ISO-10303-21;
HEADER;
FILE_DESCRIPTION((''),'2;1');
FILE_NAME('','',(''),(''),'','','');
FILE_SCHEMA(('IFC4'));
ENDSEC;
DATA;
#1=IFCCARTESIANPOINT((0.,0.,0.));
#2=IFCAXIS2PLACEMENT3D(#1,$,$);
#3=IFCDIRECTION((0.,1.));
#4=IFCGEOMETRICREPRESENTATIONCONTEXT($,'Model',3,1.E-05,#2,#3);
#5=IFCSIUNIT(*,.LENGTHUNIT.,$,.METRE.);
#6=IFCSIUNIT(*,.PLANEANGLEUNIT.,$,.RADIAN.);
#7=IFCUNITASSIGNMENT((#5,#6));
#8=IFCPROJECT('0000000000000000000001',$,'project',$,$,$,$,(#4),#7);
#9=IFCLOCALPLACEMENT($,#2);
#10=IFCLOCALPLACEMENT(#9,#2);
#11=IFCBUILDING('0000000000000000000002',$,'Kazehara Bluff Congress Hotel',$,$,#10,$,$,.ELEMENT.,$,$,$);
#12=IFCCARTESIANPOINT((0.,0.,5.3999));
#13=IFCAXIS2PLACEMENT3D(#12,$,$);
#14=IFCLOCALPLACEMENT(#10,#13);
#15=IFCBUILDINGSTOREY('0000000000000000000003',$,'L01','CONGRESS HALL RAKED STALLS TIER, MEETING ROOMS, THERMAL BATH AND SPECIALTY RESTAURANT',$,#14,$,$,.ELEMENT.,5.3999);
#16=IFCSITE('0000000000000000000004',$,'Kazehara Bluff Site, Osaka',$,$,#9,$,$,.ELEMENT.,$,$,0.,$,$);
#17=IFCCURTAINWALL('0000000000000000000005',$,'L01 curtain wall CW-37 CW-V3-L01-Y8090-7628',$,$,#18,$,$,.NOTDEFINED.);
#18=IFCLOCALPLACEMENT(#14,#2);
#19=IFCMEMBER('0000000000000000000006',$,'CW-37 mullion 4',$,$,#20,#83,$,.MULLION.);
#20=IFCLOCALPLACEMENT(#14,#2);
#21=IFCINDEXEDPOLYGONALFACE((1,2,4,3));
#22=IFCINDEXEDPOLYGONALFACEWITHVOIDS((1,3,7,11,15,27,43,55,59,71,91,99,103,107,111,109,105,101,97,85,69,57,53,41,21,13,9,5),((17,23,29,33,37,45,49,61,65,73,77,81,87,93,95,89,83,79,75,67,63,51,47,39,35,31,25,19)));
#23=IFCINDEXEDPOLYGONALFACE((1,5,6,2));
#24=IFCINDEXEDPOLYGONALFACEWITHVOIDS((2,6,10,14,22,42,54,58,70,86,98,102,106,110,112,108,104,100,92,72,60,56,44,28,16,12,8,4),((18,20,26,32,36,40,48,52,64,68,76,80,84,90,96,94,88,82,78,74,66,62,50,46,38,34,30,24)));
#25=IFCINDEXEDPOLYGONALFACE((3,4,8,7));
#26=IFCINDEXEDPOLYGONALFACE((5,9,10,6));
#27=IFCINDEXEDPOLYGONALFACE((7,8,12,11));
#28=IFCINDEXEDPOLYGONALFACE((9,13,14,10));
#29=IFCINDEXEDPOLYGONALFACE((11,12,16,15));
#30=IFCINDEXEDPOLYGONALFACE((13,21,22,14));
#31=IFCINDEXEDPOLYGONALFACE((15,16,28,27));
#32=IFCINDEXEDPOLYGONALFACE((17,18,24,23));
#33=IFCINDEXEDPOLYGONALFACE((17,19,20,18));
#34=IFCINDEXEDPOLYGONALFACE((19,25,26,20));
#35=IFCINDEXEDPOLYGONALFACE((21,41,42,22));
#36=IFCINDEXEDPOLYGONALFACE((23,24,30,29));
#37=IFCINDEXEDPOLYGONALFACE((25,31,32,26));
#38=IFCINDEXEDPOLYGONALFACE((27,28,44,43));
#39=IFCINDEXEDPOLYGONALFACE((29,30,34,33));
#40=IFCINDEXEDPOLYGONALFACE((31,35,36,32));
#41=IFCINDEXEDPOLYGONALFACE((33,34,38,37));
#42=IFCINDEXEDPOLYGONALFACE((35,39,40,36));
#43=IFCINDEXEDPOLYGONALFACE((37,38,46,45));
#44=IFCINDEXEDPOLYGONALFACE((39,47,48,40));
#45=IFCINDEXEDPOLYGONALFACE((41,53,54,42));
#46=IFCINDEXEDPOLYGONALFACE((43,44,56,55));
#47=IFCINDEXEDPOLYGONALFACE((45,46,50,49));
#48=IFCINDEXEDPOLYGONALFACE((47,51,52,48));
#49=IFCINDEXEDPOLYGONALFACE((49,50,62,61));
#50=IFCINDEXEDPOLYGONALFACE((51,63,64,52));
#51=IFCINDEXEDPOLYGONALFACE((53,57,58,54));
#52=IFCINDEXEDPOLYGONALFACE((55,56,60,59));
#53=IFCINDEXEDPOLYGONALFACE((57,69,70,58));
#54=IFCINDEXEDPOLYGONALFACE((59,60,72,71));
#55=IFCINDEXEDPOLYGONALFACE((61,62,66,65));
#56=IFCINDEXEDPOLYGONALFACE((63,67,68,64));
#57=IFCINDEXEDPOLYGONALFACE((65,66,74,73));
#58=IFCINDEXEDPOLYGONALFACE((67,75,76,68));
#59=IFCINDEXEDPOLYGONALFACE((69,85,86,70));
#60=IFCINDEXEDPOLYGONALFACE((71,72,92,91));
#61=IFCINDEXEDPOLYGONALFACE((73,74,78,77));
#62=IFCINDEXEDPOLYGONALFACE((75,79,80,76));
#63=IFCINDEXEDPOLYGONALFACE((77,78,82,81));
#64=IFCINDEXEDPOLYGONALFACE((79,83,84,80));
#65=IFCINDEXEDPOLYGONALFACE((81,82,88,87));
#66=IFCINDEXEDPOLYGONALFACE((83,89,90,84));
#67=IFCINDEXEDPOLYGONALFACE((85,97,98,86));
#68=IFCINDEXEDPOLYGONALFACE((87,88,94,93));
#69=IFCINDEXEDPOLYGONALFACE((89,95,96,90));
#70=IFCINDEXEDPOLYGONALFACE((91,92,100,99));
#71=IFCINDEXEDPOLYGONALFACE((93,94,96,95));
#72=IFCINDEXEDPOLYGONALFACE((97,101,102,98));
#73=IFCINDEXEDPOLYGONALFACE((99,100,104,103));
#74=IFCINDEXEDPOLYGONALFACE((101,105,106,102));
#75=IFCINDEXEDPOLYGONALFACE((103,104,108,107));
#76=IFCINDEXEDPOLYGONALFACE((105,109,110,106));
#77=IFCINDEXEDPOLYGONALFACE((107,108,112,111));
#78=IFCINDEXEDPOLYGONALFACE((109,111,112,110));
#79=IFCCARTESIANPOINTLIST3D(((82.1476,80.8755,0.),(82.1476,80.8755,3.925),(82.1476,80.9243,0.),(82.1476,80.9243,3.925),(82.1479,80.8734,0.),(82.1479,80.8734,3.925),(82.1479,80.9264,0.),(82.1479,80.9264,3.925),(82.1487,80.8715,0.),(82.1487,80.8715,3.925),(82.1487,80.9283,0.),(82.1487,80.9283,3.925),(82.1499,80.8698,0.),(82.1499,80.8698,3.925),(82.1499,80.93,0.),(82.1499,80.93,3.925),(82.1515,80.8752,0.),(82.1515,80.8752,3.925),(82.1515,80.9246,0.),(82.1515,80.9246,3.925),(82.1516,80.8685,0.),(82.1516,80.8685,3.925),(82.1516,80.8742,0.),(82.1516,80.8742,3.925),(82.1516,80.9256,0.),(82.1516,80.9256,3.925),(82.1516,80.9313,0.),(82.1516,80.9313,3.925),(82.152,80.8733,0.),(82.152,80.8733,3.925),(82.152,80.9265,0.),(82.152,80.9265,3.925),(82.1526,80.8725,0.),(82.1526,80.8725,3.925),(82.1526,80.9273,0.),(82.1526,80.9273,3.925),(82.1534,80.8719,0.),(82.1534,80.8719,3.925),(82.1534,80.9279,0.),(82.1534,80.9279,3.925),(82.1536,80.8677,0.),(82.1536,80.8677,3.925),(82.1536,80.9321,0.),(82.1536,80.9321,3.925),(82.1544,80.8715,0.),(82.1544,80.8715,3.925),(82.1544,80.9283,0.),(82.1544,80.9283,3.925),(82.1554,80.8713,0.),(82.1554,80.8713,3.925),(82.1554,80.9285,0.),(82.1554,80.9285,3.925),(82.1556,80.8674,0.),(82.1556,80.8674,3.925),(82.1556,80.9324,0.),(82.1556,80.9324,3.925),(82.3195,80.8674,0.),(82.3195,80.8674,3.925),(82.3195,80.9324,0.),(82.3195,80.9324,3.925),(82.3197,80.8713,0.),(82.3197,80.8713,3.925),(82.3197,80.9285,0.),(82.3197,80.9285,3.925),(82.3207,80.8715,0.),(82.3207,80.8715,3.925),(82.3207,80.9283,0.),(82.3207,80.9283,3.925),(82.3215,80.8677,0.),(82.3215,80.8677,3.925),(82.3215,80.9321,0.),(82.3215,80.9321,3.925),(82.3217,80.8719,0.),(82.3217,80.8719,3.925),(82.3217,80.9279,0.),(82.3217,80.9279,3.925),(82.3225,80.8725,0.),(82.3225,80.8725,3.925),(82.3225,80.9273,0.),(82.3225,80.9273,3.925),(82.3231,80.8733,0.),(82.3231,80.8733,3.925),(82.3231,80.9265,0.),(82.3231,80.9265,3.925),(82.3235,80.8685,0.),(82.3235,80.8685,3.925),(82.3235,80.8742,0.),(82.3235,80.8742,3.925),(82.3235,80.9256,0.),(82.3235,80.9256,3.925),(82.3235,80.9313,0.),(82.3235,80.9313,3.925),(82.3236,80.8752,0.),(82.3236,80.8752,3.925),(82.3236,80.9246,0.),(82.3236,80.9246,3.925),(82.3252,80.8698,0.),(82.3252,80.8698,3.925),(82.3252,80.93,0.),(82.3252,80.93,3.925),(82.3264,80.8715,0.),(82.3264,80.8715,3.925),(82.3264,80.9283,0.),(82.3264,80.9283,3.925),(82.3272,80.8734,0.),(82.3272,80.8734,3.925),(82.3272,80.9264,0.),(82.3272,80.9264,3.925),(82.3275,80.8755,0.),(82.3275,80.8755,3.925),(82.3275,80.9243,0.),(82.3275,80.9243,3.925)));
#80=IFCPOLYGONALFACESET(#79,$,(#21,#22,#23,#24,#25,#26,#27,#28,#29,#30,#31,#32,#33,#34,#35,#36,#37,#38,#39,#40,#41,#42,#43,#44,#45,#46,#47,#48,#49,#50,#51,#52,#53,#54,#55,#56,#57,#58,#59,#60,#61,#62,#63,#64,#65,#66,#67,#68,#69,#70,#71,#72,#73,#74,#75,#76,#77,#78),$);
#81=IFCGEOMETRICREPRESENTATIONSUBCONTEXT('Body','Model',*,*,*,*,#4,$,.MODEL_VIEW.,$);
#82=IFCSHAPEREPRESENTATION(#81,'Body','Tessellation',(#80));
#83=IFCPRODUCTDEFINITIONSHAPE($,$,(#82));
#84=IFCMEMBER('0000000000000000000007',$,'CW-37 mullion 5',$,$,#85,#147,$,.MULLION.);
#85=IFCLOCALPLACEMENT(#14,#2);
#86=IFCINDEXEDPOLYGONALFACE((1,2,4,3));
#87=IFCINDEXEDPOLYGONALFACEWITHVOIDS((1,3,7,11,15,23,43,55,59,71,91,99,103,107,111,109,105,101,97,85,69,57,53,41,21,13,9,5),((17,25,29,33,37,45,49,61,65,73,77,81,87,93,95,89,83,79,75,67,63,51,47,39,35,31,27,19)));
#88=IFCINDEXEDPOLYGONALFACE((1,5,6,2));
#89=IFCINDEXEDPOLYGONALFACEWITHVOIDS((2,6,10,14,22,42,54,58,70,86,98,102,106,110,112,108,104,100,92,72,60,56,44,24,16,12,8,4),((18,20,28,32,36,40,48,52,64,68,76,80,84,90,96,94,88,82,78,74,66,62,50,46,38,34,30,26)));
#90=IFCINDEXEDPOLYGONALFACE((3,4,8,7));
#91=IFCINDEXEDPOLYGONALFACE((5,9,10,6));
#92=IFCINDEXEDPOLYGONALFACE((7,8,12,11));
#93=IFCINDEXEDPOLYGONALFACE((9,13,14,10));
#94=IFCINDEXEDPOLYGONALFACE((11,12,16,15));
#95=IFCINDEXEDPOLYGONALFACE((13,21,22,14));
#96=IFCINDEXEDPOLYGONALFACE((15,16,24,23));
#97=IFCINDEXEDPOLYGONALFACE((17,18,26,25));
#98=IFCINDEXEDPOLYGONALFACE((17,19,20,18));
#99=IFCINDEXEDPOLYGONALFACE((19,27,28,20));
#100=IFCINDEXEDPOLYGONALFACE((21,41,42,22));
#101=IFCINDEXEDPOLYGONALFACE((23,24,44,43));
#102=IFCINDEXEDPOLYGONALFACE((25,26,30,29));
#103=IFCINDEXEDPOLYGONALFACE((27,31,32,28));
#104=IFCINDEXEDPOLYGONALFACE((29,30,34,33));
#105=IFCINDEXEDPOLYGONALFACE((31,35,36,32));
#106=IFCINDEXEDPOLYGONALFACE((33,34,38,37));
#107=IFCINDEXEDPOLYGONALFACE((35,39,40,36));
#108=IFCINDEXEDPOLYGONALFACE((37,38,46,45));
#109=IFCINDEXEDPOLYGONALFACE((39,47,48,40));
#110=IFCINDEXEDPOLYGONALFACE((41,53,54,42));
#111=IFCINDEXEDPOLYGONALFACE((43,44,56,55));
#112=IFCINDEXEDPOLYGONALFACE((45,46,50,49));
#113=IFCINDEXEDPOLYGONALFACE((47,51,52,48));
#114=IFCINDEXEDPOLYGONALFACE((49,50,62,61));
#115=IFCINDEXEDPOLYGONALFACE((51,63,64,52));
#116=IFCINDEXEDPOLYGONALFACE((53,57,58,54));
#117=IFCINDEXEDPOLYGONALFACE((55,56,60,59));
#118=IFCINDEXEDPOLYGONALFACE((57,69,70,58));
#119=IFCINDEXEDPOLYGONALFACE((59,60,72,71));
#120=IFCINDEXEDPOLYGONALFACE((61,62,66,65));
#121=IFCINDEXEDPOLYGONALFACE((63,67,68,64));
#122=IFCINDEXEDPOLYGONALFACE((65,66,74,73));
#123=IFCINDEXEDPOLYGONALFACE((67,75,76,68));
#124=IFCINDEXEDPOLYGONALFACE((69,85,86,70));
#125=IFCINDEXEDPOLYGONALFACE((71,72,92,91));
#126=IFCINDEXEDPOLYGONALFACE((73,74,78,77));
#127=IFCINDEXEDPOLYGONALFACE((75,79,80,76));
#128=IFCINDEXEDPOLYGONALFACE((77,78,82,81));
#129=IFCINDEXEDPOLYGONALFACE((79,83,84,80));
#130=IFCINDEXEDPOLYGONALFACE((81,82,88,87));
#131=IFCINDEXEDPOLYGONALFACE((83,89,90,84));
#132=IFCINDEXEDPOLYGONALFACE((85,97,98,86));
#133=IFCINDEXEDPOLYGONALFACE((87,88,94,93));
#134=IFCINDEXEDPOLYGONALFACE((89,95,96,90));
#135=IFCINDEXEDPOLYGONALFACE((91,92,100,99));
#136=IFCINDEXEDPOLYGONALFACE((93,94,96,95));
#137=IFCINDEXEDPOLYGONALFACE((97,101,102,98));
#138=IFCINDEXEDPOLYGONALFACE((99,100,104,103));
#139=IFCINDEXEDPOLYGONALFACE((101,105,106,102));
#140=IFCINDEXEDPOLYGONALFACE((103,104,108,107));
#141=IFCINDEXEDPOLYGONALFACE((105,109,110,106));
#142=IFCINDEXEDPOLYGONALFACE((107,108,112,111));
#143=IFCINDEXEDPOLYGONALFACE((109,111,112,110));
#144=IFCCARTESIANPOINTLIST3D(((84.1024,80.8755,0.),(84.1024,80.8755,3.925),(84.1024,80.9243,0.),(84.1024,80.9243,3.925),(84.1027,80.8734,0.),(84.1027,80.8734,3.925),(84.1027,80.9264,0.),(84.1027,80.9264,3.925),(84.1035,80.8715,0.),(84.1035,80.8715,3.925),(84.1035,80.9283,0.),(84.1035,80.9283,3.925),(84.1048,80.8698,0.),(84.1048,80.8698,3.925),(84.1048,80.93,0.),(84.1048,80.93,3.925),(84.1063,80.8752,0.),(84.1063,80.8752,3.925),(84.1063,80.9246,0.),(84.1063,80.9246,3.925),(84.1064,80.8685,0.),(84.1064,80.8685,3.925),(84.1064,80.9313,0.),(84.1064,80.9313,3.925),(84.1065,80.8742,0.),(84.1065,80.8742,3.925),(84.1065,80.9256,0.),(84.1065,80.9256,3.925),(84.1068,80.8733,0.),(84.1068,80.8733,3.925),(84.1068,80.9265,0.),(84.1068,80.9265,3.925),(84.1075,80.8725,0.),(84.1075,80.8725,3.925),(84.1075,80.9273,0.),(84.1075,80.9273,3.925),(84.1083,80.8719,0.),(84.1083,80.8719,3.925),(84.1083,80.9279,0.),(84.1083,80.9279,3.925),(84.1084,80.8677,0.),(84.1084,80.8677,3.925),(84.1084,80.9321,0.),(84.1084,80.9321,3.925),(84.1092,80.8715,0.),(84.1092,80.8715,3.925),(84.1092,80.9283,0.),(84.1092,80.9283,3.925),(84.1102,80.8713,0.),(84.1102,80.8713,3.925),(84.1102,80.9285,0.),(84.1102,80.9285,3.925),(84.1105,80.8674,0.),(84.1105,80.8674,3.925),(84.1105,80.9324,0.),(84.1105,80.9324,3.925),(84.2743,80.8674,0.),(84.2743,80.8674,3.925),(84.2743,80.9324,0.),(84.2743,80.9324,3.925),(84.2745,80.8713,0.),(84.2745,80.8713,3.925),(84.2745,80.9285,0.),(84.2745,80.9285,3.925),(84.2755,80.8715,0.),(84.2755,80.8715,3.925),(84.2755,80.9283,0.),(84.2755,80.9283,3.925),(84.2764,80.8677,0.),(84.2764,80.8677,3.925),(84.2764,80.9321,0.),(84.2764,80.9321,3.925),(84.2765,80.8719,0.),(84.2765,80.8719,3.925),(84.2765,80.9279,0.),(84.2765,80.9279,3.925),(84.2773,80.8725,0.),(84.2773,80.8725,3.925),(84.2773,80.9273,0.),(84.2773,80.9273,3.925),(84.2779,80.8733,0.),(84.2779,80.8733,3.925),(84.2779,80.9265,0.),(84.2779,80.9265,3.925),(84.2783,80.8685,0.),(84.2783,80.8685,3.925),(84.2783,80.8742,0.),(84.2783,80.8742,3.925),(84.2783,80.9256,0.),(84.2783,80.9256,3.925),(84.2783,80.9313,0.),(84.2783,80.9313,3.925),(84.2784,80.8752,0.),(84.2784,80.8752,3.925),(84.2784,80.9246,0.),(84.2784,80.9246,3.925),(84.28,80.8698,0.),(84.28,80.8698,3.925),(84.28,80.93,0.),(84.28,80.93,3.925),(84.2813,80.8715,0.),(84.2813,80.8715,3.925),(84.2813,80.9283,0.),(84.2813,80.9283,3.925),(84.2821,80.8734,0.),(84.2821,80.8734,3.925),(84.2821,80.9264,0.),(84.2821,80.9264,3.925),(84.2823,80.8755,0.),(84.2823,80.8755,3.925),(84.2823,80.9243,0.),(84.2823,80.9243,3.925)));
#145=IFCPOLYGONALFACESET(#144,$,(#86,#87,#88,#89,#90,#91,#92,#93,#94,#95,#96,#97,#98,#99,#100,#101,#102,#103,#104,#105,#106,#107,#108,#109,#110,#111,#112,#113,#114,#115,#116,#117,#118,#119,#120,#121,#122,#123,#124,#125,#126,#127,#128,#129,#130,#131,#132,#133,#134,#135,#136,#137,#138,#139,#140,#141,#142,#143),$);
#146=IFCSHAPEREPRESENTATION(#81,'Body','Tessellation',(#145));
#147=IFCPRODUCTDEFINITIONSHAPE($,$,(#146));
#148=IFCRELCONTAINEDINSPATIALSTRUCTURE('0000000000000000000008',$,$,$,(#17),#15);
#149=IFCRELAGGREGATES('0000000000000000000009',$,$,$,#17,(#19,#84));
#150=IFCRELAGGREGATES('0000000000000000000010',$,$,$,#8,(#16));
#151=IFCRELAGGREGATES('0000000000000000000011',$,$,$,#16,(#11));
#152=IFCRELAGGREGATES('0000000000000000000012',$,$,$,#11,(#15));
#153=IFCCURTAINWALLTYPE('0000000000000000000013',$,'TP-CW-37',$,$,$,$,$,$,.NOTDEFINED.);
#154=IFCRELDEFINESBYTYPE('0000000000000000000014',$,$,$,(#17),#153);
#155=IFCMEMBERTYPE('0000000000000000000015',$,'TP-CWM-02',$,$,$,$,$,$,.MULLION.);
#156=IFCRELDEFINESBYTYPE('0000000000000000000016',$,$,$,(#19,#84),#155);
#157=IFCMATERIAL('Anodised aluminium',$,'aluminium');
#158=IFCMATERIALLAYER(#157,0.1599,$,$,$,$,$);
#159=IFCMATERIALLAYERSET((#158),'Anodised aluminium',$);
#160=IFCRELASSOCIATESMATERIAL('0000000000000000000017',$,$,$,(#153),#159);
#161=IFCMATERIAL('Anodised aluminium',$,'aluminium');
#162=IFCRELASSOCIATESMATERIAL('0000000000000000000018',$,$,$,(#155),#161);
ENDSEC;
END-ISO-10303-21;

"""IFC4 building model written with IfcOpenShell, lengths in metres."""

from ifc_helpers import new_model, si_unit, direction, frame, origin, origin_2d, place, context, subcontext, project, spatial, hollow_rectangle, extrude, material, layer, layer_set, material_profile, profile_set, type_object, element, aggregate, save


model = new_model("IFC4")

# Units and contexts
model_context = context("Model", 3, precision=1e-05, world=origin(), true_north=direction((0.0, 1.0)))
body_context = subcontext(model_context, "Body", "Model", "MODEL_VIEW")
ifc_project = project(units=[si_unit("LENGTHUNIT", "METRE"), si_unit("PLANEANGLEUNIT", "RADIAN")], contexts=[model_context])

# Site, building, storey
site_placement = place(None, origin())
site = spatial("IfcSite", under=ifc_project, at=site_placement, Name="Kazehara Bluff Site, Osaka", CompositionType="ELEMENT", RefElevation=0.0)
building_placement = place(site_placement, origin())
building = spatial("IfcBuilding", under=site, at=building_placement, Name="Kazehara Bluff Congress Hotel", CompositionType="ELEMENT")
storey_placement = place(building_placement, frame((0.0, 0.0, 5.3999)))
storey = spatial("IfcBuildingStorey", under=building, at=storey_placement, Name="L01", Description="CONGRESS HALL RAKED STALLS TIER, MEETING ROOMS, THERMAL BATH AND SPECIALTY RESTAURANT", CompositionType="ELEMENT", Elevation=5.3999)

# Curtain wall, members
ifc_material_1 = material(Name="Anodised aluminium", Category="aluminium")
ifc_layer_1 = layer(ifc_material_1, 0.1599)
ifc_layer_set_1 = layer_set([ifc_layer_1], Name="Anodised aluminium")
curtain_wall_type_1 = type_object("IfcCurtainWallType", Name="TP-CW-37", PredefinedType="NOTDEFINED", material=ifc_layer_set_1)
curtain_wall_1_placement = place(storey_placement, origin())
curtain_wall_1 = element("IfcCurtainWall", 1, at=curtain_wall_1_placement, inside=storey, type_object=curtain_wall_type_1, Name="L01 curtain wall CW-37 CW-V3-L01-Y8090-7628", PredefinedType="NOTDEFINED")
ifc_material_2 = material(Name="Anodised aluminium", Category="aluminium")
ifc_material_profile_1 = material_profile(ifc_material_2, hollow_rectangle(XDim=0.0649, YDim=0.1799, WallThickness=0.0039, InnerFilletRadius=0.0039, OuterFilletRadius=0.0081, at=origin_2d()))
ifc_profile_set_1 = profile_set([ifc_material_profile_1], Name="Anodised aluminium")
member_type_1 = type_object("IfcMemberType", Name="TP-CWM-02", PredefinedType="MULLION", material=ifc_profile_set_1)
member_1_placement = place(storey_placement, frame((82.2375, 80.8999, 0.0), z_axis=(0.0, 0.0, 1.0), x_axis=(0.0, 1.0, 0.0)))
member_1 = element("IfcMember", 2, at=member_1_placement, type_object=member_type_1, Name="CW-37 mullion 4", PredefinedType="MULLION", context=body_context, shape_type="SweptSolid", body=[
    extrude(hollow_rectangle(XDim=0.0649, YDim=0.1799, WallThickness=0.0039, InnerFilletRadius=0.0039, OuterFilletRadius=0.0081, at=origin_2d()), origin(), (0.0, 0.0, 1.0), 3.925),
])
member_2_placement = place(storey_placement, frame((84.1924, 80.8999, 0.0), z_axis=(0.0, 0.0, 1.0), x_axis=(0.0, 1.0, 0.0)))
member_2 = element("IfcMember", 3, at=member_2_placement, type_object=member_type_1, Name="CW-37 mullion 5", PredefinedType="MULLION", context=body_context, shape_type="SweptSolid", body=[
    extrude(hollow_rectangle(XDim=0.0649, YDim=0.1799, WallThickness=0.0039, InnerFilletRadius=0.0039, OuterFilletRadius=0.0081, at=origin_2d()), origin(), (0.0, 0.0, 1.0), 3.925),
])

aggregate(curtain_wall_1, [member_1, member_2])

save(model, "model.ifc")
